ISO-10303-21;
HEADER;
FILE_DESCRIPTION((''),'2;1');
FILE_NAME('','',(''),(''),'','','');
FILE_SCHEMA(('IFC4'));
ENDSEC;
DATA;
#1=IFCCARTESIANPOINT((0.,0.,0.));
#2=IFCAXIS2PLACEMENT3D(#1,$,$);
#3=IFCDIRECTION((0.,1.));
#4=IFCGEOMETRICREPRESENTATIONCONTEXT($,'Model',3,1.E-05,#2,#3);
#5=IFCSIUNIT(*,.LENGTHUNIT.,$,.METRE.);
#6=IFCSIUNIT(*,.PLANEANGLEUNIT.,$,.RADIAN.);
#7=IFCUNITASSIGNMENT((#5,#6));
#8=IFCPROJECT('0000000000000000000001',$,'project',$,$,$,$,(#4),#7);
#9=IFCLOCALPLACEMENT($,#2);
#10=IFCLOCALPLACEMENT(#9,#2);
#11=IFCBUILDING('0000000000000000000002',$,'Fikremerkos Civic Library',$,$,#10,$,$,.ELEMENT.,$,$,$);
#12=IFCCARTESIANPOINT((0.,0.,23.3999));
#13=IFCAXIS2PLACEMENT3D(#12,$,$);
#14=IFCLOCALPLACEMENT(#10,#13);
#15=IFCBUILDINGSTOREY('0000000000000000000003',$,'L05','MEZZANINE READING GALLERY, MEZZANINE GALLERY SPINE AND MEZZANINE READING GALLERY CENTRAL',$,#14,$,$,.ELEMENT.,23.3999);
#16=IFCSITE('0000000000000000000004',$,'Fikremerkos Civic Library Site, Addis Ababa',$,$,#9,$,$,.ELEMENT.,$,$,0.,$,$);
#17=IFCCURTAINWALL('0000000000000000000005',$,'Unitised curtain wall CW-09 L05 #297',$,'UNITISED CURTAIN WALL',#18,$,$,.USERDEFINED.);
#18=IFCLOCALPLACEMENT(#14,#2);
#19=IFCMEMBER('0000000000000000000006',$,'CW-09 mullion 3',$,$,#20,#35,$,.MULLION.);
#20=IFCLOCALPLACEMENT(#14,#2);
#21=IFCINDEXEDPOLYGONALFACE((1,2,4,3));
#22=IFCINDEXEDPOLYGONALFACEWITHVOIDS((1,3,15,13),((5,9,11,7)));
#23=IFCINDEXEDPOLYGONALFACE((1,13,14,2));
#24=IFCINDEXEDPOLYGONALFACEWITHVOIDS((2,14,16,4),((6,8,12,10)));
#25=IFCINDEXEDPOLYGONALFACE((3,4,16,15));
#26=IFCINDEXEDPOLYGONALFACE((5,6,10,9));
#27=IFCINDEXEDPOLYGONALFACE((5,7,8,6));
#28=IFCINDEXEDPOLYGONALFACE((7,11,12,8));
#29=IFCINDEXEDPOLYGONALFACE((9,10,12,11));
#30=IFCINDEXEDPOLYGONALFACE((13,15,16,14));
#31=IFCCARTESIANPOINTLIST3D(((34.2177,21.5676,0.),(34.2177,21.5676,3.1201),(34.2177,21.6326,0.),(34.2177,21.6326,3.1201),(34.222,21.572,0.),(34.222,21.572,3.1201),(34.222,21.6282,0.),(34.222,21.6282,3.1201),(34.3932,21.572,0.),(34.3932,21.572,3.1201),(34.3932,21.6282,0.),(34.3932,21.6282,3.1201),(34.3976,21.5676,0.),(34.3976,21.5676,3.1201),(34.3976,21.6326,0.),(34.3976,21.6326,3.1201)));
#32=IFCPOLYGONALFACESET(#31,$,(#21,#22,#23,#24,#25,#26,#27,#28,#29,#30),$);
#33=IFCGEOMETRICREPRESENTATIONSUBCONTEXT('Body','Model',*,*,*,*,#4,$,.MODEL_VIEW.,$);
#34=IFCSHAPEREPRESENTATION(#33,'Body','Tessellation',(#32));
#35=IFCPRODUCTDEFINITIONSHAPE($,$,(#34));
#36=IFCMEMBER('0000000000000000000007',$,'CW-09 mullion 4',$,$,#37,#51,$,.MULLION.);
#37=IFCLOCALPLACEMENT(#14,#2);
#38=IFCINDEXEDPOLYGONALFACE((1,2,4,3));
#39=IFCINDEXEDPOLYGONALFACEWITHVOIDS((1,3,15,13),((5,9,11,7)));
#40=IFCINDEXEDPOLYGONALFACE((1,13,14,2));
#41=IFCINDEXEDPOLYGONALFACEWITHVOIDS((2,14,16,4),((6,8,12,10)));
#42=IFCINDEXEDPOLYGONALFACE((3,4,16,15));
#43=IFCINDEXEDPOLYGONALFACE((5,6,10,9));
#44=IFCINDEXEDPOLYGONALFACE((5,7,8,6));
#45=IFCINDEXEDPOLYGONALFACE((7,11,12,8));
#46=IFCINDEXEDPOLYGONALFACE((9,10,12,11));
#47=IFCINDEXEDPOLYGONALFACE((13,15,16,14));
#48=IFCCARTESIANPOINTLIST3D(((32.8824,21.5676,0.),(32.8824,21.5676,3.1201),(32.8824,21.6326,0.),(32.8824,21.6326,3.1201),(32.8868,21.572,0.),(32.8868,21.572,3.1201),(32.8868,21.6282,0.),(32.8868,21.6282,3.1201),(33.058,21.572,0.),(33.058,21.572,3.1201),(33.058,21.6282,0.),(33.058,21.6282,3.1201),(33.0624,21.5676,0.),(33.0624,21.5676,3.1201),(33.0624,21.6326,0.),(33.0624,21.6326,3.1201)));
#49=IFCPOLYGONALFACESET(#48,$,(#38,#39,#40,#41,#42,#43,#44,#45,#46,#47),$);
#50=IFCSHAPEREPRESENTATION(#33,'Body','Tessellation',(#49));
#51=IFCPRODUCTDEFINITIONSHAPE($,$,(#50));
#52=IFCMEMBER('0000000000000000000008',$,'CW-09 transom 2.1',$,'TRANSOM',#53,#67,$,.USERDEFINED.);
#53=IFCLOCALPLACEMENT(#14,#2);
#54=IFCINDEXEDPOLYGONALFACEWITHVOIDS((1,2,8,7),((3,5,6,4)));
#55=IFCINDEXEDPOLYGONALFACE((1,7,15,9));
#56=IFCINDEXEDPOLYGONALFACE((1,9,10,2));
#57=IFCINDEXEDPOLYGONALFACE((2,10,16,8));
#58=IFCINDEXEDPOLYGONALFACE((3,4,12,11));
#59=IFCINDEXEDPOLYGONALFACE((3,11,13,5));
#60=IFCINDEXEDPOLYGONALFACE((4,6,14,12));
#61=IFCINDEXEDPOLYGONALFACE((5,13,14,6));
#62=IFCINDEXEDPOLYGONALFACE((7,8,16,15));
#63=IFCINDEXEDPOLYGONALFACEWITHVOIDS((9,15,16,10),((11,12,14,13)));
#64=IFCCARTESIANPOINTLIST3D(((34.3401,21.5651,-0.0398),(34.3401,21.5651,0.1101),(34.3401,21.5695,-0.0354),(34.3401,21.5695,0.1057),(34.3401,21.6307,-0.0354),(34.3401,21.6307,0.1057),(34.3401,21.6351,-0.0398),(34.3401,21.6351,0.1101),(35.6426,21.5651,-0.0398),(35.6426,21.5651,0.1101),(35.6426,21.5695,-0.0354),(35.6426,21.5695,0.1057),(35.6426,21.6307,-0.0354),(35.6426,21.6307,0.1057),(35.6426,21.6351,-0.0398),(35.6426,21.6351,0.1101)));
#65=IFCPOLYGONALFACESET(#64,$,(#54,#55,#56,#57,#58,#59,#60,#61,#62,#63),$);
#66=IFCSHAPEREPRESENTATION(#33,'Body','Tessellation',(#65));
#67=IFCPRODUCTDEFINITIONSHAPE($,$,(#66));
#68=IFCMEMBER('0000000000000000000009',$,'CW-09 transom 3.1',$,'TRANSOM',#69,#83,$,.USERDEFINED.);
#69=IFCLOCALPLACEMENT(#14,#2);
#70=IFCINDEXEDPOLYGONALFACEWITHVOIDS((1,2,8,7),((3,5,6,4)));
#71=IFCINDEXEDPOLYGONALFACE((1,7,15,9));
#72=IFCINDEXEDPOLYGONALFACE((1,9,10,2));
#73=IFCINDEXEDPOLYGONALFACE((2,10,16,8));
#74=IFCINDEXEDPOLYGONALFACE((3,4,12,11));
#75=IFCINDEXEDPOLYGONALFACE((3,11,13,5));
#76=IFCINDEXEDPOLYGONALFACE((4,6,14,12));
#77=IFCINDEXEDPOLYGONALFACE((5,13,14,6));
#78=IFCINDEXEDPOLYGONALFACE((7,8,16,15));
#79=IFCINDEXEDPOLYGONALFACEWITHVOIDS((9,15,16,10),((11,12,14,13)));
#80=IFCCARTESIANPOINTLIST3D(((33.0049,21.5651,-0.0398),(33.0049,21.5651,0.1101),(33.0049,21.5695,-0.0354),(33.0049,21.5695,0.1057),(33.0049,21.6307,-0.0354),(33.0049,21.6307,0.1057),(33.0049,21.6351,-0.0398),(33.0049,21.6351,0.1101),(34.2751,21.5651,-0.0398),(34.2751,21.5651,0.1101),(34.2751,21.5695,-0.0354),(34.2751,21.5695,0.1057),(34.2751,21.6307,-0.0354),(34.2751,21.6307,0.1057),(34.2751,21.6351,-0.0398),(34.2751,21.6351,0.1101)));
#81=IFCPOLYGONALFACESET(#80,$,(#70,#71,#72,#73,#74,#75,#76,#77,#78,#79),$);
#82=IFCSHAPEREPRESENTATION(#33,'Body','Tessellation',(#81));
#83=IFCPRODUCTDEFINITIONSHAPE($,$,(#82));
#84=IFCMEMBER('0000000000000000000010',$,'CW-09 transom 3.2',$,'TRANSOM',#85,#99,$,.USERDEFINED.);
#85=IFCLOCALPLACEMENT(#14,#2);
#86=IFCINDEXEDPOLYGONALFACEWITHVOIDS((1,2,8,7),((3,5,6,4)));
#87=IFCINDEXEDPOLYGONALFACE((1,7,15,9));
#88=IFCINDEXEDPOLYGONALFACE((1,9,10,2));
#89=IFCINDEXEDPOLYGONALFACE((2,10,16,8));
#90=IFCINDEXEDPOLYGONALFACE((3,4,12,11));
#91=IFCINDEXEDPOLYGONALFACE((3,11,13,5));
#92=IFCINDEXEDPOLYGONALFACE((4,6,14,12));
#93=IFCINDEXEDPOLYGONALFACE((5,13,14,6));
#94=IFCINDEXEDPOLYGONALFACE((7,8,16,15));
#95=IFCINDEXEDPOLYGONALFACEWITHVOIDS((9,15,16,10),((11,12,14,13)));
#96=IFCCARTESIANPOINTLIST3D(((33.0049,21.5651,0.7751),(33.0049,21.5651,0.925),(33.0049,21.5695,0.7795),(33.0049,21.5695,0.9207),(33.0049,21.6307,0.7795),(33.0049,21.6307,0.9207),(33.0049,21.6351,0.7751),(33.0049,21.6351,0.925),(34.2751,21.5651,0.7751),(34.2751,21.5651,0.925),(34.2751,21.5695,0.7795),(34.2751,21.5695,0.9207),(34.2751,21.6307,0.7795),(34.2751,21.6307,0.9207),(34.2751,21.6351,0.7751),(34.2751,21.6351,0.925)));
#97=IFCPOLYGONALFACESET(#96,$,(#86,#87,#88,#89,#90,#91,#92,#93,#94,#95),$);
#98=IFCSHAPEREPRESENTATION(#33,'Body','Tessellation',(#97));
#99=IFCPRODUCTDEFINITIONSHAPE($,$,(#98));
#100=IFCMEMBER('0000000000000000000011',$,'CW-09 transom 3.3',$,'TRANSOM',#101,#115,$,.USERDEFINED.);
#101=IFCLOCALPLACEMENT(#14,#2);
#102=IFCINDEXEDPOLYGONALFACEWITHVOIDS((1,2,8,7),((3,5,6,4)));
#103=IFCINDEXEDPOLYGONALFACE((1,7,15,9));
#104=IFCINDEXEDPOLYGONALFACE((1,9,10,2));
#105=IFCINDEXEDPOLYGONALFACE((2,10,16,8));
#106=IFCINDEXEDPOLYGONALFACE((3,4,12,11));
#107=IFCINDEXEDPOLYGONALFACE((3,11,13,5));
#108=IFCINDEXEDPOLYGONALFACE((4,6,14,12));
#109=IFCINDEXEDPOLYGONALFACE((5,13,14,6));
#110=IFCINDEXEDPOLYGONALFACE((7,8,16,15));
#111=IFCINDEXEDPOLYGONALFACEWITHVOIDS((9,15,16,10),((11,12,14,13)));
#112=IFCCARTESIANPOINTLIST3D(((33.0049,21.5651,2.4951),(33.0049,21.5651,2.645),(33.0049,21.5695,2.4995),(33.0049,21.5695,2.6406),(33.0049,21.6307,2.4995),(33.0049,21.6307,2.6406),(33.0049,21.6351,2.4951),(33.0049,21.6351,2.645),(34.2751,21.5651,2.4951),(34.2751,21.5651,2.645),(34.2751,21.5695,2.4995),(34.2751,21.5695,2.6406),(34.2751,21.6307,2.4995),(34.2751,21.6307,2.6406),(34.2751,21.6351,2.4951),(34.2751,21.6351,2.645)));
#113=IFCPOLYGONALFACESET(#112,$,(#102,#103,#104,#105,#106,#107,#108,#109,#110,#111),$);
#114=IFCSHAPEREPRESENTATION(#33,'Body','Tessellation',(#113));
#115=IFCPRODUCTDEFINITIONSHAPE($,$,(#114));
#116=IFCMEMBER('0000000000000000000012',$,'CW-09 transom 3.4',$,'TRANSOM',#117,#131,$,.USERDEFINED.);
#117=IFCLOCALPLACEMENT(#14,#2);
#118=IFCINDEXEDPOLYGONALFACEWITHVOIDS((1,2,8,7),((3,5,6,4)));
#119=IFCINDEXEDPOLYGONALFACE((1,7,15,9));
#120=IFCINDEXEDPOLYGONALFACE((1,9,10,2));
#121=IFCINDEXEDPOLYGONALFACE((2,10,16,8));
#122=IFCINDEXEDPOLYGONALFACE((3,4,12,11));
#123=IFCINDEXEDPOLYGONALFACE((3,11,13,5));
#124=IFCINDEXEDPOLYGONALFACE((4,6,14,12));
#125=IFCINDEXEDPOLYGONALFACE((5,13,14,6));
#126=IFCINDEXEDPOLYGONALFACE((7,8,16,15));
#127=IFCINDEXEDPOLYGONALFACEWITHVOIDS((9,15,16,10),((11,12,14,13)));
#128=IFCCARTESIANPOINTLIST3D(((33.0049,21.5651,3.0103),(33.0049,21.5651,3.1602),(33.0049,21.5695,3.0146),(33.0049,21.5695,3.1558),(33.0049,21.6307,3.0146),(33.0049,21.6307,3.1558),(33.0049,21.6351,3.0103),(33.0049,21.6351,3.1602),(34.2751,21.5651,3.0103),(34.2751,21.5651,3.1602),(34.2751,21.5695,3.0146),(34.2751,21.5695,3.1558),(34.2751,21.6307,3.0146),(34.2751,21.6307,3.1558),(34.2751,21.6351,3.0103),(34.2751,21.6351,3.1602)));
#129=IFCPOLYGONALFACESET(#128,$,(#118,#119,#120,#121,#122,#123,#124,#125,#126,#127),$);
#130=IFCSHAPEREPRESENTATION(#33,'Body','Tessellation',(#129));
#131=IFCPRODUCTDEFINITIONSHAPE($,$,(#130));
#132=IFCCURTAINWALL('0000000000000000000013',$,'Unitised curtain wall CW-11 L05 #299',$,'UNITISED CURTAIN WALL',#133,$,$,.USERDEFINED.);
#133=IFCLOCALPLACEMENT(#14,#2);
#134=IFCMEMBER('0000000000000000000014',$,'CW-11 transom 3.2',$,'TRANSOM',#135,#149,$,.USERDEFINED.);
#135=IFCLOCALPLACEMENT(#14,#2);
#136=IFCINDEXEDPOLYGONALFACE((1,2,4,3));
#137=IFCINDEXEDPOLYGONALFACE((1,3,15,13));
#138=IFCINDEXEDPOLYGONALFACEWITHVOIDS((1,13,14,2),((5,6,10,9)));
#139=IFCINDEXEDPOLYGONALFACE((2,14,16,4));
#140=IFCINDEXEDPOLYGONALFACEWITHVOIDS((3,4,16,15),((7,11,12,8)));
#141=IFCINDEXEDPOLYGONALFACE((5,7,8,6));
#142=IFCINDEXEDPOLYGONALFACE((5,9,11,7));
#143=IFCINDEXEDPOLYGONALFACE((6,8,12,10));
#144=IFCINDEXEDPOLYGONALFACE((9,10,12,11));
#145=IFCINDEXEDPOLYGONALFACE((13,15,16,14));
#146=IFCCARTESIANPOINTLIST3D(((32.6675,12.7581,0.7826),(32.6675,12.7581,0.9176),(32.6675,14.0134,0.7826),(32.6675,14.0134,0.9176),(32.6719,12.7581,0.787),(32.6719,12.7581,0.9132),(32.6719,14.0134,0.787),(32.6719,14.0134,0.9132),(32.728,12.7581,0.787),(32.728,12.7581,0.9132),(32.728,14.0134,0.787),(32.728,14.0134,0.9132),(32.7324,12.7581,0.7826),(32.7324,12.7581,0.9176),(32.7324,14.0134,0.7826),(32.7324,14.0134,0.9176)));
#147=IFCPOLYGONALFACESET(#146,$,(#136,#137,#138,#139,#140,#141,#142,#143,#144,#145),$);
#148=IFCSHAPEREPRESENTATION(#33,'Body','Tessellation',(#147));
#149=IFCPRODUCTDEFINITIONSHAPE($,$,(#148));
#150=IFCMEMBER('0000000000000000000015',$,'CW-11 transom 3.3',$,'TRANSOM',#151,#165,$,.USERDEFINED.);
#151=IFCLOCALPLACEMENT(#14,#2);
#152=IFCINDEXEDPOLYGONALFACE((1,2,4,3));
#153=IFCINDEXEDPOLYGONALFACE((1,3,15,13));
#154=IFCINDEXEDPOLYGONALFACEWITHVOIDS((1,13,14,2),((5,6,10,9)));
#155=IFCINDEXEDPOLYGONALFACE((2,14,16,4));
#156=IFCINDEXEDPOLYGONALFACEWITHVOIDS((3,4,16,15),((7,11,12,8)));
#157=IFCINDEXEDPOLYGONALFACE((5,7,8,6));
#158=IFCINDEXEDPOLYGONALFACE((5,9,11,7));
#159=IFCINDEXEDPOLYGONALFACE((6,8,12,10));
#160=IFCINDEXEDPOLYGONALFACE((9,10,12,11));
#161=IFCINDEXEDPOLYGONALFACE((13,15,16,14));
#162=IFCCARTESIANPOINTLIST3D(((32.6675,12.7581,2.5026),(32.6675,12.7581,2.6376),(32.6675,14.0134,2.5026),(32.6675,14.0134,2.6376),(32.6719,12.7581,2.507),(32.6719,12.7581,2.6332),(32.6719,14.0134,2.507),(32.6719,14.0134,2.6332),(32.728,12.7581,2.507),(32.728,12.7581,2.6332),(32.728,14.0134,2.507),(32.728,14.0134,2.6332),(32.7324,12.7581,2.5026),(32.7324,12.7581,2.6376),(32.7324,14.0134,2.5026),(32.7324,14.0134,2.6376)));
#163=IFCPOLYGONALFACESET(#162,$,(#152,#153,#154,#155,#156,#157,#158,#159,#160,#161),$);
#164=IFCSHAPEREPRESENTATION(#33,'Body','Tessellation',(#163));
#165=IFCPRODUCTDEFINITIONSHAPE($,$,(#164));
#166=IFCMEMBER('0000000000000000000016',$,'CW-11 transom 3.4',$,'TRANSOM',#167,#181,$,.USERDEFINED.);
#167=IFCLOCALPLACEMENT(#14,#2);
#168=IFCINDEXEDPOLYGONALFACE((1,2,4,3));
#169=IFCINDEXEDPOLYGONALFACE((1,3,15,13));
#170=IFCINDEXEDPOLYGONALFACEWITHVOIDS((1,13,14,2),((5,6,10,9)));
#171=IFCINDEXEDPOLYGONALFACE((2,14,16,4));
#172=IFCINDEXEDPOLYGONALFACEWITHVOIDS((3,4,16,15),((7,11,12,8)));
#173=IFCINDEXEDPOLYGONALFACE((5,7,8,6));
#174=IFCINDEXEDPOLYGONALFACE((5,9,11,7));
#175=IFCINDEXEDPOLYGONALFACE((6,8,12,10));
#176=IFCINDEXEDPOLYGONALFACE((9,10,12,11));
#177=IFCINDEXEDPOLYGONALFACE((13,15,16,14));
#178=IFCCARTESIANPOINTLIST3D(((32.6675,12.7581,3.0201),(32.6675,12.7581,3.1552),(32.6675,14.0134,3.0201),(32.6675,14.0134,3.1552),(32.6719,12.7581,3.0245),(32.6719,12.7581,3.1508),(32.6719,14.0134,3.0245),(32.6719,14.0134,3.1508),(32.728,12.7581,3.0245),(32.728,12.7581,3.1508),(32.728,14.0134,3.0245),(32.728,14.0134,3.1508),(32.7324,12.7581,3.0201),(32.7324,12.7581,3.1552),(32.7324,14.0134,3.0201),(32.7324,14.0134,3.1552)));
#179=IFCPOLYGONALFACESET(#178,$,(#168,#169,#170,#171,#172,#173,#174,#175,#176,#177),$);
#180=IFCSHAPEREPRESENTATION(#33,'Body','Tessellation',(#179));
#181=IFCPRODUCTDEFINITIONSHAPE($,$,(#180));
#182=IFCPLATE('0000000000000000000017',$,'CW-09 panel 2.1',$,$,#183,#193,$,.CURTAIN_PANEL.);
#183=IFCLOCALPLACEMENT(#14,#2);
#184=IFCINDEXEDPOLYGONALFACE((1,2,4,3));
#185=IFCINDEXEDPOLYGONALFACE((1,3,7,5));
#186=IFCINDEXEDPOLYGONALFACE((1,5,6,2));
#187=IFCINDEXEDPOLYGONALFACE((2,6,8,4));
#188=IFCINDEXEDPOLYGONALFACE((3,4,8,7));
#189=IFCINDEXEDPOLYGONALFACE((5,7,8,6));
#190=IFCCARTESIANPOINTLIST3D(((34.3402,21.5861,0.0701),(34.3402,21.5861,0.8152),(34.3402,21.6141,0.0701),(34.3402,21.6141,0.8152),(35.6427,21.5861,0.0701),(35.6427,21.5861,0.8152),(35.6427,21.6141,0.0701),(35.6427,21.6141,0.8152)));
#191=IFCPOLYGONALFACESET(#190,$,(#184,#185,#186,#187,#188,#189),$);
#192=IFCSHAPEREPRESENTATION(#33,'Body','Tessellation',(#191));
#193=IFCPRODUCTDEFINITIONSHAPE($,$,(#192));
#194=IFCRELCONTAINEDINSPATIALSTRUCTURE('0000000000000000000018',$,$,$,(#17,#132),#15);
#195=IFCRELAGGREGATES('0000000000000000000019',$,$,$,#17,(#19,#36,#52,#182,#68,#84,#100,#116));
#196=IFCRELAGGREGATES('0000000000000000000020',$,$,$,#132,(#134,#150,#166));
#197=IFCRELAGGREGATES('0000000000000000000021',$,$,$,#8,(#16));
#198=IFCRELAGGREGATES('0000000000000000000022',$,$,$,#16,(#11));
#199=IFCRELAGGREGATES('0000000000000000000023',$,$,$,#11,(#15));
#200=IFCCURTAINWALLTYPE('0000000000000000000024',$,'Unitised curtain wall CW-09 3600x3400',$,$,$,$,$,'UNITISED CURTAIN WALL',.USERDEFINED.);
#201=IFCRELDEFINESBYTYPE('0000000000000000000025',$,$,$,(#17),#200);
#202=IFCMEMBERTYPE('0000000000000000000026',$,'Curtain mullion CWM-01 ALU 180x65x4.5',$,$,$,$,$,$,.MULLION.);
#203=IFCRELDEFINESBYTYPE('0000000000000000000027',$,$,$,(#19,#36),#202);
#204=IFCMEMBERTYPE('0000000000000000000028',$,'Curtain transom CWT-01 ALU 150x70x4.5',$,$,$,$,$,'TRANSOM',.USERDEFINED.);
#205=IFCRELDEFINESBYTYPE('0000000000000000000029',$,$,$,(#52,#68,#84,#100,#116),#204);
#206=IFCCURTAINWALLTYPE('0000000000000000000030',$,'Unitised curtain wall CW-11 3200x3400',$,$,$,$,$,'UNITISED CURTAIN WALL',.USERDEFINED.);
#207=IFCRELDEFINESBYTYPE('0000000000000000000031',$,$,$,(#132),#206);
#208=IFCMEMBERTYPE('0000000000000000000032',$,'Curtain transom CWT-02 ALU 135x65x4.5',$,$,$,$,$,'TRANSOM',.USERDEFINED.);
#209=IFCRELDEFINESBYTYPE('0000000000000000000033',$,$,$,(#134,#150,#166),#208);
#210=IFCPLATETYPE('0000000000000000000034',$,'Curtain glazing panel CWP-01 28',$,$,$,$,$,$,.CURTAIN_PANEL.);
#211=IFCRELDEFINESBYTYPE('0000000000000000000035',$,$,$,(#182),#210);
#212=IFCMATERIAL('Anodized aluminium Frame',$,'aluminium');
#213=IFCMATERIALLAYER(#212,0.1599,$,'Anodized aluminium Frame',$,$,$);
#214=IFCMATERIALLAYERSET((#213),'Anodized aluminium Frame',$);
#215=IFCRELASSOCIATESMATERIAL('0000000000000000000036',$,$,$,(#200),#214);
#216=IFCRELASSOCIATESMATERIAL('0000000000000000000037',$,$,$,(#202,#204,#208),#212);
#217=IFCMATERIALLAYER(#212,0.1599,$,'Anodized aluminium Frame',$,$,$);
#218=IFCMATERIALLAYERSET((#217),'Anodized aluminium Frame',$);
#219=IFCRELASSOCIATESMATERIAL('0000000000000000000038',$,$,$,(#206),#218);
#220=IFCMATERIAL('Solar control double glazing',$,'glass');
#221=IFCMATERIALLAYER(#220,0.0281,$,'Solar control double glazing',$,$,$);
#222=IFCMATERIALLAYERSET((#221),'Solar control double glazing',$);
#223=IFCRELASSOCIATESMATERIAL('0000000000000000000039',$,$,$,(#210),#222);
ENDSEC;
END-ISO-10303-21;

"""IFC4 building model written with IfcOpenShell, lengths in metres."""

from ifc_helpers import new_model, si_unit, direction, frame, origin, origin_2d, place, context, subcontext, project, spatial, rectangle, hollow_rectangle, extrude, material, layer, layer_set, material_profile, profile_set, type_object, element, aggregate, save


model = new_model("IFC4")

# Units and contexts
model_context = context("Model", 3, precision=1e-05, world=origin(), true_north=direction((0.0, 1.0)))
body_context = subcontext(model_context, "Body", "Model", "MODEL_VIEW")
ifc_project = project(units=[si_unit("LENGTHUNIT", "METRE"), si_unit("PLANEANGLEUNIT", "RADIAN")], contexts=[model_context])

# Site, building, storey
site_placement = place(None, origin())
site = spatial("IfcSite", under=ifc_project, at=site_placement, Name="Fikremerkos Civic Library Site, Addis Ababa", CompositionType="ELEMENT", RefElevation=0.0)
building_placement = place(site_placement, origin())
building = spatial("IfcBuilding", under=site, at=building_placement, Name="Fikremerkos Civic Library", CompositionType="ELEMENT")
storey_placement = place(building_placement, frame((0.0, 0.0, 23.3999)))
storey = spatial("IfcBuildingStorey", under=building, at=storey_placement, Name="L05", Description="MEZZANINE READING GALLERY, MEZZANINE GALLERY SPINE AND MEZZANINE READING GALLERY CENTRAL", CompositionType="ELEMENT", Elevation=23.3999)

# Curtain walls, members
ifc_material_1 = material(Name="Anodized aluminium Frame", Category="aluminium")
ifc_layer_1 = layer(ifc_material_1, 0.1599, Name="Anodized aluminium Frame")
ifc_layer_set_1 = layer_set([ifc_layer_1], Name="Anodized aluminium Frame")
curtain_wall_type_1 = type_object("IfcCurtainWallType", Name="Unitised curtain wall CW-09 3600x3400", ElementType="UNITISED CURTAIN WALL", PredefinedType="USERDEFINED", material=ifc_layer_set_1)
curtain_wall_1_placement = place(storey_placement, origin())
curtain_wall_1 = element("IfcCurtainWall", 1, at=curtain_wall_1_placement, inside=storey, type_object=curtain_wall_type_1, Name="Unitised curtain wall CW-09 L05 #297", ObjectType="UNITISED CURTAIN WALL", PredefinedType="USERDEFINED")
ifc_material_profile_1 = material_profile(ifc_material_1, hollow_rectangle(XDim=0.0649, YDim=0.1799, WallThickness=0.0044, at=origin_2d()), Name="ALU 180x65x4.5")
ifc_profile_set_1 = profile_set([ifc_material_profile_1], Name="Anodized aluminium Frame")
member_type_1 = type_object("IfcMemberType", Name="Curtain mullion CWM-01 ALU 180x65x4.5", PredefinedType="MULLION", material=ifc_profile_set_1)
member_1_placement = place(storey_placement, frame((34.3076, 21.6001, 0.0), z_axis=(0.0, 0.0, 1.0), x_axis=(0.0, -1.0, 0.0)))
member_1 = element("IfcMember", 2, at=member_1_placement, type_object=member_type_1, Name="CW-09 mullion 3", PredefinedType="MULLION", context=body_context, shape_type="SweptSolid", body=[
    extrude(hollow_rectangle(XDim=0.0649, YDim=0.1799, WallThickness=0.0044, at=origin_2d()), origin(), (0.0, 0.0, 1.0), 3.1201),
])
member_2_placement = place(storey_placement, frame((32.9724, 21.6001, 0.0), z_axis=(0.0, 0.0, 1.0), x_axis=(0.0, -1.0, 0.0)))
member_2 = element("IfcMember", 3, at=member_2_placement, type_object=member_type_1, Name="CW-09 mullion 4", PredefinedType="MULLION", context=body_context, shape_type="SweptSolid", body=[
    extrude(hollow_rectangle(XDim=0.0649, YDim=0.1799, WallThickness=0.0044, at=origin_2d()), origin(), (0.0, 0.0, 1.0), 3.1201),
])
ifc_material_profile_2 = material_profile(ifc_material_1, hollow_rectangle(XDim=0.0701, YDim=0.1499, WallThickness=0.0044, at=origin_2d()), Name="ALU 150x70x4.5")
ifc_profile_set_2 = profile_set([ifc_material_profile_2], Name="Anodized aluminium Frame")
member_type_2 = type_object("IfcMemberType", Name="Curtain transom CWT-01 ALU 150x70x4.5", ElementType="TRANSOM", PredefinedType="USERDEFINED", material=ifc_profile_set_2)
member_3_placement = place(storey_placement, frame((35.6426, 21.6001, 0.0352), z_axis=(-1.0, 0.0, 0.0), x_axis=(0.0, -1.0, 0.0)))
member_3 = element("IfcMember", 4, at=member_3_placement, type_object=member_type_2, Name="CW-09 transom 2.1", ObjectType="TRANSOM", PredefinedType="USERDEFINED", context=body_context, shape_type="SweptSolid", body=[
    extrude(hollow_rectangle(XDim=0.0701, YDim=0.1499, WallThickness=0.0044, at=origin_2d()), origin(), (0.0, 0.0, 1.0), 1.3025),
])
member_4_placement = place(storey_placement, frame((34.2751, 21.6001, 0.0352), z_axis=(-1.0, 0.0, 0.0), x_axis=(0.0, -1.0, 0.0)))
member_4 = element("IfcMember", 5, at=member_4_placement, type_object=member_type_2, Name="CW-09 transom 3.1", ObjectType="TRANSOM", PredefinedType="USERDEFINED", context=body_context, shape_type="SweptSolid", body=[
    extrude(hollow_rectangle(XDim=0.0701, YDim=0.1499, WallThickness=0.0044, at=origin_2d()), origin(), (0.0, 0.0, 1.0), 1.2703),
])
member_5_placement = place(storey_placement, frame((34.2751, 21.6001, 0.8501), z_axis=(-1.0, 0.0, 0.0), x_axis=(0.0, -1.0, 0.0)))
member_5 = element("IfcMember", 6, at=member_5_placement, type_object=member_type_2, Name="CW-09 transom 3.2", ObjectType="TRANSOM", PredefinedType="USERDEFINED", context=body_context, shape_type="SweptSolid", body=[
    extrude(hollow_rectangle(XDim=0.0701, YDim=0.1499, WallThickness=0.0044, at=origin_2d()), origin(), (0.0, 0.0, 1.0), 1.2703),
])
member_6_placement = place(storey_placement, frame((34.2751, 21.6001, 2.5701), z_axis=(-1.0, 0.0, 0.0), x_axis=(0.0, -1.0, 0.0)))
member_6 = element("IfcMember", 7, at=member_6_placement, type_object=member_type_2, Name="CW-09 transom 3.3", ObjectType="TRANSOM", PredefinedType="USERDEFINED", context=body_context, shape_type="SweptSolid", body=[
    extrude(hollow_rectangle(XDim=0.0701, YDim=0.1499, WallThickness=0.0044, at=origin_2d()), origin(), (0.0, 0.0, 1.0), 1.2703),
])
member_7_placement = place(storey_placement, frame((34.2751, 21.6001, 3.0852), z_axis=(-1.0, 0.0, 0.0), x_axis=(0.0, -1.0, 0.0)))
member_7 = element("IfcMember", 8, at=member_7_placement, type_object=member_type_2, Name="CW-09 transom 3.4", ObjectType="TRANSOM", PredefinedType="USERDEFINED", context=body_context, shape_type="SweptSolid", body=[
    extrude(hollow_rectangle(XDim=0.0701, YDim=0.1499, WallThickness=0.0044, at=origin_2d()), origin(), (0.0, 0.0, 1.0), 1.2703),
])
ifc_layer_2 = layer(ifc_material_1, 0.1599, Name="Anodized aluminium Frame")
ifc_layer_set_2 = layer_set([ifc_layer_2], Name="Anodized aluminium Frame")
curtain_wall_type_2 = type_object("IfcCurtainWallType", Name="Unitised curtain wall CW-11 3200x3400", ElementType="UNITISED CURTAIN WALL", PredefinedType="USERDEFINED", material=ifc_layer_set_2)
curtain_wall_2_placement = place(storey_placement, origin())
curtain_wall_2 = element("IfcCurtainWall", 9, at=curtain_wall_2_placement, inside=storey, type_object=curtain_wall_type_2, Name="Unitised curtain wall CW-11 L05 #299", ObjectType="UNITISED CURTAIN WALL", PredefinedType="USERDEFINED")
ifc_material_profile_3 = material_profile(ifc_material_1, hollow_rectangle(XDim=0.0649, YDim=0.135, WallThickness=0.0044, at=origin_2d()), Name="ALU 135x65x4.5")
ifc_profile_set_3 = profile_set([ifc_material_profile_3], Name="Anodized aluminium Frame")
member_type_3 = type_object("IfcMemberType", Name="Curtain transom CWT-02 ALU 135x65x4.5", ElementType="TRANSOM", PredefinedType="USERDEFINED", material=ifc_profile_set_3)
member_8_placement = place(storey_placement, frame((32.7, 14.0134, 0.8501), z_axis=(0.0, -1.0, 0.0), x_axis=(1.0, 0.0, 0.0)))
member_8 = element("IfcMember", 10, at=member_8_placement, type_object=member_type_3, Name="CW-11 transom 3.2", ObjectType="TRANSOM", PredefinedType="USERDEFINED", context=body_context, shape_type="SweptSolid", body=[
    extrude(hollow_rectangle(XDim=0.0649, YDim=0.135, WallThickness=0.0044, at=origin_2d()), origin(), (0.0, 0.0, 1.0), 1.2554),
])
member_9_placement = place(storey_placement, frame((32.7, 14.0134, 2.5701), z_axis=(0.0, -1.0, 0.0), x_axis=(1.0, 0.0, 0.0)))
member_9 = element("IfcMember", 11, at=member_9_placement, type_object=member_type_3, Name="CW-11 transom 3.3", ObjectType="TRANSOM", PredefinedType="USERDEFINED", context=body_context, shape_type="SweptSolid", body=[
    extrude(hollow_rectangle(XDim=0.0649, YDim=0.135, WallThickness=0.0044, at=origin_2d()), origin(), (0.0, 0.0, 1.0), 1.2554),
])
member_10_placement = place(storey_placement, frame((32.7, 14.0134, 3.0876), z_axis=(0.0, -1.0, 0.0), x_axis=(1.0, 0.0, 0.0)))
member_10 = element("IfcMember", 12, at=member_10_placement, type_object=member_type_3, Name="CW-11 transom 3.4", ObjectType="TRANSOM", PredefinedType="USERDEFINED", context=body_context, shape_type="SweptSolid", body=[
    extrude(hollow_rectangle(XDim=0.0649, YDim=0.135, WallThickness=0.0044, at=origin_2d()), origin(), (0.0, 0.0, 1.0), 1.2554),
])

# Plate
ifc_material_2 = material(Name="Solar control double glazing", Category="glass")
ifc_layer_3 = layer(ifc_material_2, 0.0281, Name="Solar control double glazing")
ifc_layer_set_3 = layer_set([ifc_layer_3], Name="Solar control double glazing")
plate_type_1 = type_object("IfcPlateType", Name="Curtain glazing panel CWP-01 28", PredefinedType="CURTAIN_PANEL", material=ifc_layer_set_3)
plate_1_placement = place(storey_placement, frame((34.9915, 21.6001, 0.0701), z_axis=(0.0, 0.0, 1.0), x_axis=(-1.0, 0.0, 0.0)))
plate_1 = element("IfcPlate", 13, at=plate_1_placement, type_object=plate_type_1, Name="CW-09 panel 2.1", PredefinedType="CURTAIN_PANEL", context=body_context, shape_type="SweptSolid", body=[
    extrude(rectangle(XDim=1.3025, YDim=0.0281, at=origin_2d()), origin(), (0.0, 0.0, 1.0), 0.7451),
])
aggregate(curtain_wall_1, [member_1, member_2, member_3, plate_1, member_4, member_5, member_6, member_7])
aggregate(curtain_wall_2, [member_8, member_9, member_10])

save(model, "model.ifc")
